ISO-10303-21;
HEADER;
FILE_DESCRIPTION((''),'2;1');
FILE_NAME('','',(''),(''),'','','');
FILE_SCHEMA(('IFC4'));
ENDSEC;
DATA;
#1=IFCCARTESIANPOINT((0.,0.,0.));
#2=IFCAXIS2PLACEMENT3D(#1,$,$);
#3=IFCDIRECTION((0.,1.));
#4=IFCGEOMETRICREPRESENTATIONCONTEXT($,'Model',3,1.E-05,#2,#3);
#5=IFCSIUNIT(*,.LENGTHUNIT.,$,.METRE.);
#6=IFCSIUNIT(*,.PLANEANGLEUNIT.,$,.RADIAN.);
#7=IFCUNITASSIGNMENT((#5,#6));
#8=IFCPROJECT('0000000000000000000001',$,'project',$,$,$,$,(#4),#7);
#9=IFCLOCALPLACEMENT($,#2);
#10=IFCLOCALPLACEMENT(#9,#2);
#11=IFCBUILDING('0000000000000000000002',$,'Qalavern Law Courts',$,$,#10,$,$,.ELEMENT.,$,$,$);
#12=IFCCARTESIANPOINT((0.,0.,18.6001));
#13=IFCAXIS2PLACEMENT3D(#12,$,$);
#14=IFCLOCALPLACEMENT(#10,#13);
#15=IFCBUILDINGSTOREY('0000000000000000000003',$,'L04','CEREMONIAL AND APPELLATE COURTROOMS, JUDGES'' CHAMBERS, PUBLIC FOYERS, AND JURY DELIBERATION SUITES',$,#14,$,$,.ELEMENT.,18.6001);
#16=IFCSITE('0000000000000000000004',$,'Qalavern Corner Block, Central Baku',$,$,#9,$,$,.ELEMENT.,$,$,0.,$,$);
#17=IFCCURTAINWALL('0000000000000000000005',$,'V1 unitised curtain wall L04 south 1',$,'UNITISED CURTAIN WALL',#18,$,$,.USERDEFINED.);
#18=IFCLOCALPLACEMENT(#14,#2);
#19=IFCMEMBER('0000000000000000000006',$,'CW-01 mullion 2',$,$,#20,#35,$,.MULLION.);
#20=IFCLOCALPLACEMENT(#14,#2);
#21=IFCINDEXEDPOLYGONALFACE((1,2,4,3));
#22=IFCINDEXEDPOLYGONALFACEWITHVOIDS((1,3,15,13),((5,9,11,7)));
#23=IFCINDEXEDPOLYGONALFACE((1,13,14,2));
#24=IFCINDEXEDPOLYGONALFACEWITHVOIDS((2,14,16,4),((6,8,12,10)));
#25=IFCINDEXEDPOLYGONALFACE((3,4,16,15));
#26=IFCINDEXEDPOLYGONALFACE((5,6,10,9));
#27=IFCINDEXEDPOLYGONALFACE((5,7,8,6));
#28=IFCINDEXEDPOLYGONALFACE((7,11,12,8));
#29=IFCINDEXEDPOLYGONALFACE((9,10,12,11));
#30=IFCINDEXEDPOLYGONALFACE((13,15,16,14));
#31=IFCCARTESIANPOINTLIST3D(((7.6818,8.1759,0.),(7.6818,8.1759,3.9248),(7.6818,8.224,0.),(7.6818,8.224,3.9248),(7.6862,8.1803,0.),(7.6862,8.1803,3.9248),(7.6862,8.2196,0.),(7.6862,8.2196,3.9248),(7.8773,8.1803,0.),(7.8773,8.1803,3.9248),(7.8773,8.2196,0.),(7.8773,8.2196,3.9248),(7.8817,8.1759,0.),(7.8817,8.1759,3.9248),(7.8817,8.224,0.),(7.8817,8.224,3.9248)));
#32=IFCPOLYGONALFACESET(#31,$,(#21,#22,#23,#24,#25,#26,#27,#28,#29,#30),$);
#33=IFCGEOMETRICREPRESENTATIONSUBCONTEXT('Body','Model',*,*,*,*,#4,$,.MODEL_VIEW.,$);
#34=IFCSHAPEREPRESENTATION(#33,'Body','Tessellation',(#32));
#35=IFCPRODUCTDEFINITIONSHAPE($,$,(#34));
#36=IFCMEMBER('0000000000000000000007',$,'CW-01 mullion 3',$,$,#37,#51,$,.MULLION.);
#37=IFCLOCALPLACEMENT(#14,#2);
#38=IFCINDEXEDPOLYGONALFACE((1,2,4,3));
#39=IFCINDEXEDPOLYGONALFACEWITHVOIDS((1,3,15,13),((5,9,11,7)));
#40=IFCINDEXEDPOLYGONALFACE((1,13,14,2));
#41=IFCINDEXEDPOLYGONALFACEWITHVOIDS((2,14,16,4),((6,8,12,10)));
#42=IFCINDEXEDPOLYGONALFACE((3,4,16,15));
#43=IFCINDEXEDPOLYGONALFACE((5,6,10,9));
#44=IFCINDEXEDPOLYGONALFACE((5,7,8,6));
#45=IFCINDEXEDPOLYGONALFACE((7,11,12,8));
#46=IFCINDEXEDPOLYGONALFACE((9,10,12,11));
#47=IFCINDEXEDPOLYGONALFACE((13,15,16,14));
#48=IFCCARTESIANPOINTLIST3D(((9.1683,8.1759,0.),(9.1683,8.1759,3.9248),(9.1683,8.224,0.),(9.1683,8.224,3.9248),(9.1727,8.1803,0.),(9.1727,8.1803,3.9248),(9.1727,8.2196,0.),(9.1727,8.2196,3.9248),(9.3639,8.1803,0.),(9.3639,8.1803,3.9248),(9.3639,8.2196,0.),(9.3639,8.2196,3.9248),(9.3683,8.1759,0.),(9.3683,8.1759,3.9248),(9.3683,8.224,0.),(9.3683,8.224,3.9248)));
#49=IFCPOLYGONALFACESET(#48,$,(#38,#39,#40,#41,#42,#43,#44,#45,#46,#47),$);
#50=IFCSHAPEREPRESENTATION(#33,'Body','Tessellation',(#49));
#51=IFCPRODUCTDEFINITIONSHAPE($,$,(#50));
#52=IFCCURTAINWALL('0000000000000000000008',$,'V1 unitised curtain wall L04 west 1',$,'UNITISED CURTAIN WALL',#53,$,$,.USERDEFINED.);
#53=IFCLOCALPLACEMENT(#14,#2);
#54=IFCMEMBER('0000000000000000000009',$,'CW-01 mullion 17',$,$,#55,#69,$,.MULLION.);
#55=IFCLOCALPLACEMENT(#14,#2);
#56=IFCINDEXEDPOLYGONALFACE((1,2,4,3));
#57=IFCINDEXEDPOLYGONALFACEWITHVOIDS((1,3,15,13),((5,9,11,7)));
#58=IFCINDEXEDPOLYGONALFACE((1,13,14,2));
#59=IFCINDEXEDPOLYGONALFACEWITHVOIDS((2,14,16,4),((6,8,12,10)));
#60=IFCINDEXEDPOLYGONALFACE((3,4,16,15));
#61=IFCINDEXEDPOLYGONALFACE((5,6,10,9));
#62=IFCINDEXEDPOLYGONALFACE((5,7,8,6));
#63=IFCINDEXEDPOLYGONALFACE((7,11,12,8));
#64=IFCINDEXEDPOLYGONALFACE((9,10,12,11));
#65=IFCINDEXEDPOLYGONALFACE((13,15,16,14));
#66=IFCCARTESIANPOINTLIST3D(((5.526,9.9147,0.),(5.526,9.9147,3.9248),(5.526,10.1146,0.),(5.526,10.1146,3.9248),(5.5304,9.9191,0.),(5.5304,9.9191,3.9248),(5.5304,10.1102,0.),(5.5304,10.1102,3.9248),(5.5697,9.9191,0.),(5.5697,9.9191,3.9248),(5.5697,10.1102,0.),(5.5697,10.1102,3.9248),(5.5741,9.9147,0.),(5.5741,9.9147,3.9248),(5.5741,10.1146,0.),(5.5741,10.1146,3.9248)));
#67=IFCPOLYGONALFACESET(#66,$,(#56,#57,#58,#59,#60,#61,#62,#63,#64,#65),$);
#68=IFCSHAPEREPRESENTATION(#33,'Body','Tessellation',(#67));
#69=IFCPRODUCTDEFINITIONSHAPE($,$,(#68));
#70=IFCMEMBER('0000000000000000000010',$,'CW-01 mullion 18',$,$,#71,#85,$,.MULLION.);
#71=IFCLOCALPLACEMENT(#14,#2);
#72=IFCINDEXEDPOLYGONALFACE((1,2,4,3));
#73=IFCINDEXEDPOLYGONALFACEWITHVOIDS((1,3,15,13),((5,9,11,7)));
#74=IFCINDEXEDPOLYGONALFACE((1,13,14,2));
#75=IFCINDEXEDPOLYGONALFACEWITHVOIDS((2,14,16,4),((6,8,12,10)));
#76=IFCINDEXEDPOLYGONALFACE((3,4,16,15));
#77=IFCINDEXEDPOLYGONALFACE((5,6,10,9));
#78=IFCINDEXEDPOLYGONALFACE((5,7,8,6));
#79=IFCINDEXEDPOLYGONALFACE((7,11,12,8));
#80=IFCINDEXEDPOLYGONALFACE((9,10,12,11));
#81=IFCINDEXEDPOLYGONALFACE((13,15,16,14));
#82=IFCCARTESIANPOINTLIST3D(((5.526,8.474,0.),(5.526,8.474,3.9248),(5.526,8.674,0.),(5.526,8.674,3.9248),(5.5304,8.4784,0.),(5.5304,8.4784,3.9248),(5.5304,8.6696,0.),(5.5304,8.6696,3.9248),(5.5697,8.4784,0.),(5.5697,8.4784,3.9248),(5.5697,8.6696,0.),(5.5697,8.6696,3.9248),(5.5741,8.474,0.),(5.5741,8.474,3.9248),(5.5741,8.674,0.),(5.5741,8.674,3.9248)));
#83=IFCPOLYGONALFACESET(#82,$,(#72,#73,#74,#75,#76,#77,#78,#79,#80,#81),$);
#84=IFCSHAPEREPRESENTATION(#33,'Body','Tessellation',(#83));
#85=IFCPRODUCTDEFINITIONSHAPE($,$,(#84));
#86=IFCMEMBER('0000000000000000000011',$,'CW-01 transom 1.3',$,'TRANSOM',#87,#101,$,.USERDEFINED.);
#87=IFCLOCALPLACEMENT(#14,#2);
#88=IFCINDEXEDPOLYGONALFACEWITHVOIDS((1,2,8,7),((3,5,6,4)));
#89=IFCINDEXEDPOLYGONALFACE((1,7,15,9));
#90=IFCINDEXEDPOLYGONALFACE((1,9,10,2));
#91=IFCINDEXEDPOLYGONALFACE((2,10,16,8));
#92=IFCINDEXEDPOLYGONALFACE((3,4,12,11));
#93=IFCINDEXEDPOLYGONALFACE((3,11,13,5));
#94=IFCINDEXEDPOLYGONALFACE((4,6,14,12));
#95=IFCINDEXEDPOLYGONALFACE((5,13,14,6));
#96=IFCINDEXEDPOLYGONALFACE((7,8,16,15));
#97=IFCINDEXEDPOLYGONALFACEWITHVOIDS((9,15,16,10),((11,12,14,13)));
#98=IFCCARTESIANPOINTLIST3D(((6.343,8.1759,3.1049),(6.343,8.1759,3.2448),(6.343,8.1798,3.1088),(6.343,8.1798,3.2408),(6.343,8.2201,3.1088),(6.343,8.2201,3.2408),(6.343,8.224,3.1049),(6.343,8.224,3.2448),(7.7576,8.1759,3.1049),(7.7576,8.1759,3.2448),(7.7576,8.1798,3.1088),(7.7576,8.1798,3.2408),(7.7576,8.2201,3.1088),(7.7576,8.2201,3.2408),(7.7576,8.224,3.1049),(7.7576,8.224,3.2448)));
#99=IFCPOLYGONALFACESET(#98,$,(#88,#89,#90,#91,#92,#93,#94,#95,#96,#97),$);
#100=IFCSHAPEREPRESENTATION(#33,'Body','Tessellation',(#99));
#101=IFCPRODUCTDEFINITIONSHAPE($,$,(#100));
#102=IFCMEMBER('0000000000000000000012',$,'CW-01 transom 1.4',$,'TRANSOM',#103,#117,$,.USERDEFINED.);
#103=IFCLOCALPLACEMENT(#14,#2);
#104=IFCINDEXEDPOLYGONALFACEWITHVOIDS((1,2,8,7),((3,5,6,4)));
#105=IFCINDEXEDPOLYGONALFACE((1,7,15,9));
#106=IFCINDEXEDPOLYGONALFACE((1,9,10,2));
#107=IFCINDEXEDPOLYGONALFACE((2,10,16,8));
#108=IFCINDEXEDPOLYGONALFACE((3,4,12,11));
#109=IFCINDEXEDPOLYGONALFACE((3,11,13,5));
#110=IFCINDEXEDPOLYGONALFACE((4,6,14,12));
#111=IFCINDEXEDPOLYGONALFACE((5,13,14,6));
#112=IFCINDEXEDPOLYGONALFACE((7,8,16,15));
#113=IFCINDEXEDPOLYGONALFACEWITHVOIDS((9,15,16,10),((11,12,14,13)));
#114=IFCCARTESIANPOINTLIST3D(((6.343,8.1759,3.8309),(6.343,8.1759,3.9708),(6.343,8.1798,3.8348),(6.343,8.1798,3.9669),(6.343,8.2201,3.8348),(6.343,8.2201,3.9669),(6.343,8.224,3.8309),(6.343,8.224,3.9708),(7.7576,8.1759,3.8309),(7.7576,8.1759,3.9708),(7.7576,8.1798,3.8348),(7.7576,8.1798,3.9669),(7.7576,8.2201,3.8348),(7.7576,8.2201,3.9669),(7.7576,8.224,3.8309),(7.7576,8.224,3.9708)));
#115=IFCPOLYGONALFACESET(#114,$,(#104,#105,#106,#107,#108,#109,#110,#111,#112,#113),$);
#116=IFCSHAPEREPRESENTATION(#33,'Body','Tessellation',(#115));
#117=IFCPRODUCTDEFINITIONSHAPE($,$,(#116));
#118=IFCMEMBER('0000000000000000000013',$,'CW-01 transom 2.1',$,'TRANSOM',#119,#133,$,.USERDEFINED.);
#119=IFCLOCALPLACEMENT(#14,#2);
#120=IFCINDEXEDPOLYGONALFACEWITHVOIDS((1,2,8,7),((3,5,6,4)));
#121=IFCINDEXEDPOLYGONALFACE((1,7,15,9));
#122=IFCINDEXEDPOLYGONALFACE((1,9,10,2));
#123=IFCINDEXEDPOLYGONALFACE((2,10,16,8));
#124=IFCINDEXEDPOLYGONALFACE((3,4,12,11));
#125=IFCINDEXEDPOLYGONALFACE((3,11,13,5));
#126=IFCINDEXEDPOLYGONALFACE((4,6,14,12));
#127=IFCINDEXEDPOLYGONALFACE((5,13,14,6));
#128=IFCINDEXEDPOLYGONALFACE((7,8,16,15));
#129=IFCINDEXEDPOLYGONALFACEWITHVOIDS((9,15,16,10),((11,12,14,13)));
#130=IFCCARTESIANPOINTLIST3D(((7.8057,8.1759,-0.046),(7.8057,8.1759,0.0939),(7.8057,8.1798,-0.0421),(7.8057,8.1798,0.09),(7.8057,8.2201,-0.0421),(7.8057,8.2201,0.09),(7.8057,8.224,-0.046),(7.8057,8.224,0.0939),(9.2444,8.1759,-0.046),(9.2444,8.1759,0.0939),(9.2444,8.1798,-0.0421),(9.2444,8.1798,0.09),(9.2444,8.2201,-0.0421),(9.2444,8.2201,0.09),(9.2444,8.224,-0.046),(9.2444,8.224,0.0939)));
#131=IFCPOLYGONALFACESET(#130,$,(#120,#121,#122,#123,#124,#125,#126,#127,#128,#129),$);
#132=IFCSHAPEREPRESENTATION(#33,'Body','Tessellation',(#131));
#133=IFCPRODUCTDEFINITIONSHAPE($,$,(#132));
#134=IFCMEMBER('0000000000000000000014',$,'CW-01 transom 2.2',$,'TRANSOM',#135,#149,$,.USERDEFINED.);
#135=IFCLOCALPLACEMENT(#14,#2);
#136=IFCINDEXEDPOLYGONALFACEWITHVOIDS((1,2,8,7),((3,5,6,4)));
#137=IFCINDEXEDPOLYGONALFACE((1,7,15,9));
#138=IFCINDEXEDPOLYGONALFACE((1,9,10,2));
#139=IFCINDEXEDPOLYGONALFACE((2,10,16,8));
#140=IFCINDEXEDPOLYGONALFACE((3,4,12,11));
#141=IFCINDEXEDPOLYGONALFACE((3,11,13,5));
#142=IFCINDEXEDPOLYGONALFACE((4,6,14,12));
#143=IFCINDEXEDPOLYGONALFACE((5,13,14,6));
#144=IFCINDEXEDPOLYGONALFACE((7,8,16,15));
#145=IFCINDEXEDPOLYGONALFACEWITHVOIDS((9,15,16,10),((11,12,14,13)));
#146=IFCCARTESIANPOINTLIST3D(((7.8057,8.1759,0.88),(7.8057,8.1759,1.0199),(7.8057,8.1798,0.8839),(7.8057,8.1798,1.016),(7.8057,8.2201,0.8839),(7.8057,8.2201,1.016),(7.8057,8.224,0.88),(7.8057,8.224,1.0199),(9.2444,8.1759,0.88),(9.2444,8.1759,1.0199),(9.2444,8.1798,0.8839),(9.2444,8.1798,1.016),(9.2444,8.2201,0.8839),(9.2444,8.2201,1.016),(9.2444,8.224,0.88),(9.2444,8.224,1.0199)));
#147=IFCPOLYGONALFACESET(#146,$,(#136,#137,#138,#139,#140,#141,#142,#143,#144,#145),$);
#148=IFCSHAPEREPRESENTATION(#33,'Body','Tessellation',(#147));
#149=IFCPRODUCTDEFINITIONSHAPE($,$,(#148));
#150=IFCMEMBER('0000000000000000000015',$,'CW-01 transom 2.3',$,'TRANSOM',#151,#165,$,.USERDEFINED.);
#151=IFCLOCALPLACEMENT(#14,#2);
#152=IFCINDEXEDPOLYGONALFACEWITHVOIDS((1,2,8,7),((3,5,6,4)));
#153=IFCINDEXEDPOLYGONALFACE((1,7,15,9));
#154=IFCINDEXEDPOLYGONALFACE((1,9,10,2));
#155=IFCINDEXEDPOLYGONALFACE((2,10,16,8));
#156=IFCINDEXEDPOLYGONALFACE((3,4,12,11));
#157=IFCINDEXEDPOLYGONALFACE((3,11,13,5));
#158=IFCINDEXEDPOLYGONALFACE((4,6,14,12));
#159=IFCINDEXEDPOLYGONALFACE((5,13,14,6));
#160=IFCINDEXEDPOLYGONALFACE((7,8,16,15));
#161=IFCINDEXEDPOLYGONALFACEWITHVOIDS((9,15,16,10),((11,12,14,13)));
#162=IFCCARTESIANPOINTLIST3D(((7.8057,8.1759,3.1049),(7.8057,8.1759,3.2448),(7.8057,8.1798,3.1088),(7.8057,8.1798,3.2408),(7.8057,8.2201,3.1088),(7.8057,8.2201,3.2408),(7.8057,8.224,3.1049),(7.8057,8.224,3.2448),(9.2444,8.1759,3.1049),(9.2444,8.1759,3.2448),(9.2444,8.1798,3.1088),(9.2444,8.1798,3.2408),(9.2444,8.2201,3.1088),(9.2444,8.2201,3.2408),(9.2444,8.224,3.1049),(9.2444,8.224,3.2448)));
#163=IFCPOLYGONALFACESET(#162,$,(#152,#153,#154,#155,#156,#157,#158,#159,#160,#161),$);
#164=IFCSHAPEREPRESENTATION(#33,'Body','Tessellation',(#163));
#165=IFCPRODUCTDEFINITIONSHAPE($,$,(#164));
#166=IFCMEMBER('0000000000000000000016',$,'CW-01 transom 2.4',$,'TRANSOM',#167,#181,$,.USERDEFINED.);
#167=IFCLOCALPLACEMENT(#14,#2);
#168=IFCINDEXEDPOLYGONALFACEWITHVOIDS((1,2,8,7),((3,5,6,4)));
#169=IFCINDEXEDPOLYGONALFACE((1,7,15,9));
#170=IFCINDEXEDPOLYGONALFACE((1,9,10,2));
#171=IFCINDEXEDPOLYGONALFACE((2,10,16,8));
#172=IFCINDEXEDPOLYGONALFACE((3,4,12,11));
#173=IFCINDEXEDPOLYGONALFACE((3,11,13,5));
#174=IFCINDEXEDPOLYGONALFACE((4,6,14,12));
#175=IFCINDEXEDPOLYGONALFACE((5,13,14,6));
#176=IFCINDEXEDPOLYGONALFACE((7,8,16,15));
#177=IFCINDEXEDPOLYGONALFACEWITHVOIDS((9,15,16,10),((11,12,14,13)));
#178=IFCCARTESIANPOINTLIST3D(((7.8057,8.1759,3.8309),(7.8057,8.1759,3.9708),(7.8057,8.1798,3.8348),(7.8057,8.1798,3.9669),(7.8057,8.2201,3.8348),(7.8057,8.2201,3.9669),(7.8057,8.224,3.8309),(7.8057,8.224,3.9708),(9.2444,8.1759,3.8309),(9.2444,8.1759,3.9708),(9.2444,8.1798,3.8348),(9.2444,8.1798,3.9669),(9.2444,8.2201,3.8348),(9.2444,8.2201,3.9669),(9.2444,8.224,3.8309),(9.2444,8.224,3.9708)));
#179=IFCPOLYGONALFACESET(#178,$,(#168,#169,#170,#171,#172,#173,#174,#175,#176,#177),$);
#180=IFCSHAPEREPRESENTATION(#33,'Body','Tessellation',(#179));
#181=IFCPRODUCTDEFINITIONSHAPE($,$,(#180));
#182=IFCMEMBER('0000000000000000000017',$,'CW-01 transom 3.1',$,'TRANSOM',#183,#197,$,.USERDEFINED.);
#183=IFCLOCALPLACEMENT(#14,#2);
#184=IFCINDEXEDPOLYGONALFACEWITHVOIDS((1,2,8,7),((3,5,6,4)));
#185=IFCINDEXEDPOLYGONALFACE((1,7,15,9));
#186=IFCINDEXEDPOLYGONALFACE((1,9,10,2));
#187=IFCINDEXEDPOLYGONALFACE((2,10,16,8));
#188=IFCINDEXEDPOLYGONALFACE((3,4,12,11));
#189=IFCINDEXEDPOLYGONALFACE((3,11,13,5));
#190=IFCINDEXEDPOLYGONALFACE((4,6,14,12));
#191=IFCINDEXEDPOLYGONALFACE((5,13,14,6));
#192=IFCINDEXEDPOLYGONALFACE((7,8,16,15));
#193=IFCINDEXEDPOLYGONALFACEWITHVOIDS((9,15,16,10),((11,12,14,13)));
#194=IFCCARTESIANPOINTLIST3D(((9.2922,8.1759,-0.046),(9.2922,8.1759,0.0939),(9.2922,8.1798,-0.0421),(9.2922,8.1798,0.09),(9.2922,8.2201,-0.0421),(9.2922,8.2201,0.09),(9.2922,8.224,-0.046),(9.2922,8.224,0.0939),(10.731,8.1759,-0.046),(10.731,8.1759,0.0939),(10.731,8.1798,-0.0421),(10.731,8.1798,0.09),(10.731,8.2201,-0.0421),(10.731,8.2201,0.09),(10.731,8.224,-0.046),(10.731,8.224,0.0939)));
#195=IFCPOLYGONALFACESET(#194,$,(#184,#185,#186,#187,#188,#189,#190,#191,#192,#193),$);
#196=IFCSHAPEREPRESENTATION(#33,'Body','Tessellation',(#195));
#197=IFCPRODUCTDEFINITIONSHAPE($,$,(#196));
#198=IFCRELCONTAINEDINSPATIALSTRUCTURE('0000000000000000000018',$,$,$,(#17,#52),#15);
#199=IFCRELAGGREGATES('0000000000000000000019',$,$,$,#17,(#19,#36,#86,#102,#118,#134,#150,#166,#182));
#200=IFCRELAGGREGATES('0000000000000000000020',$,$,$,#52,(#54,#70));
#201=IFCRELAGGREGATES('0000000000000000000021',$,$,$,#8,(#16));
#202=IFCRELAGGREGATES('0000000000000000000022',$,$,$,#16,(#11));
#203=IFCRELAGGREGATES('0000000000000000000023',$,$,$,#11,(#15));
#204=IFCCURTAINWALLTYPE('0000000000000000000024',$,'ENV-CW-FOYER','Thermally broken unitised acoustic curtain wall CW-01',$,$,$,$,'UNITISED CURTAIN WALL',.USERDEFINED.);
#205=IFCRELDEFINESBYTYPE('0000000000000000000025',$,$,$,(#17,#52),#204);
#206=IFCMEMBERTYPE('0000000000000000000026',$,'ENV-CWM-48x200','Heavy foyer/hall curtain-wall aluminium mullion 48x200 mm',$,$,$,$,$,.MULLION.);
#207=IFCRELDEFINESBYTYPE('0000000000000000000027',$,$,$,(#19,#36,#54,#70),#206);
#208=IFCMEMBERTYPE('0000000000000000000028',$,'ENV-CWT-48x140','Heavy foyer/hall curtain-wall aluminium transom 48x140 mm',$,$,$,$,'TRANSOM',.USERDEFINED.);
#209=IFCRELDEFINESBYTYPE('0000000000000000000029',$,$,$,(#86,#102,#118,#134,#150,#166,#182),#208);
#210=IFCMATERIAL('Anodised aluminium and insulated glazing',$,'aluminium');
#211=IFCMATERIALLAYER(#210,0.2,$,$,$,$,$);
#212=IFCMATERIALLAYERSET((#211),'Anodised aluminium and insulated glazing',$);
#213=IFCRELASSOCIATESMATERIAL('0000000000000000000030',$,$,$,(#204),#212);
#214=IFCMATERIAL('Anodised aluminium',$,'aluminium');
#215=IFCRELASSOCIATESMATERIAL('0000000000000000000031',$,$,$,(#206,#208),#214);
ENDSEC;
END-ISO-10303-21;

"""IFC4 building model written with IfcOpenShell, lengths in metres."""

from ifc_helpers import new_model, si_unit, direction, frame, origin, origin_2d, place, context, subcontext, project, spatial, hollow_rectangle, extrude, material, layer, layer_set, material_profile, profile_set, type_object, element, aggregate, save


model = new_model("IFC4")

# Units and contexts
model_context = context("Model", 3, precision=1e-05, world=origin(), true_north=direction((0.0, 1.0)))
body_context = subcontext(model_context, "Body", "Model", "MODEL_VIEW")
ifc_project = project(units=[si_unit("LENGTHUNIT", "METRE"), si_unit("PLANEANGLEUNIT", "RADIAN")], contexts=[model_context])

# Site, building, storey
site_placement = place(None, origin())
site = spatial("IfcSite", under=ifc_project, at=site_placement, Name="Qalavern Corner Block, Central Baku", CompositionType="ELEMENT", RefElevation=0.0)
building_placement = place(site_placement, origin())
building = spatial("IfcBuilding", under=site, at=building_placement, Name="Qalavern Law Courts", CompositionType="ELEMENT")
storey_placement = place(building_placement, frame((0.0, 0.0, 18.6001)))
storey = spatial("IfcBuildingStorey", under=building, at=storey_placement, Name="L04", Description="CEREMONIAL AND APPELLATE COURTROOMS, JUDGES' CHAMBERS, PUBLIC FOYERS, AND JURY DELIBERATION SUITES", CompositionType="ELEMENT", Elevation=18.6001)

# Curtain walls, members
ifc_material_1 = material(Name="Anodised aluminium and insulated glazing", Category="aluminium")
ifc_layer_1 = layer(ifc_material_1, 0.2)
ifc_layer_set_1 = layer_set([ifc_layer_1], Name="Anodised aluminium and insulated glazing")
curtain_wall_type = type_object("IfcCurtainWallType", Name="ENV-CW-FOYER", Description="Thermally broken unitised acoustic curtain wall CW-01", ElementType="UNITISED CURTAIN WALL", PredefinedType="USERDEFINED", material=ifc_layer_set_1)
curtain_wall_1_placement = place(storey_placement, origin())
curtain_wall_1 = element("IfcCurtainWall", 1, at=curtain_wall_1_placement, inside=storey, type_object=curtain_wall_type, Name="V1 unitised curtain wall L04 south 1", ObjectType="UNITISED CURTAIN WALL", PredefinedType="USERDEFINED")
ifc_material_2 = material(Name="Anodised aluminium", Category="aluminium")
ifc_material_profile_1 = material_profile(ifc_material_2, hollow_rectangle(XDim=0.0481, YDim=0.2, WallThickness=0.0044, at=origin_2d()), Name="ALU MULLION 48x200")
ifc_profile_set_1 = profile_set([ifc_material_profile_1], Name="Anodised aluminium")
member_type_1 = type_object("IfcMemberType", Name="ENV-CWM-48x200", Description="Heavy foyer/hall curtain-wall aluminium mullion 48x200 mm", PredefinedType="MULLION", material=ifc_profile_set_1)
member_1_placement = place(storey_placement, frame((7.7817, 8.2, 0.0), z_axis=(0.0, 0.0, 1.0), x_axis=(0.0, 1.0, 0.0)))
member_1 = element("IfcMember", 2, at=member_1_placement, type_object=member_type_1, Name="CW-01 mullion 2", PredefinedType="MULLION", context=body_context, shape_type="SweptSolid", body=[
    extrude(hollow_rectangle(XDim=0.0481, YDim=0.2, WallThickness=0.0044, at=origin_2d()), origin(), (0.0, 0.0, 1.0), 3.9248),
])
member_2_placement = place(storey_placement, frame((9.2683, 8.2, 0.0), z_axis=(0.0, 0.0, 1.0), x_axis=(0.0, 1.0, 0.0)))
member_2 = element("IfcMember", 3, at=member_2_placement, type_object=member_type_1, Name="CW-01 mullion 3", PredefinedType="MULLION", context=body_context, shape_type="SweptSolid", body=[
    extrude(hollow_rectangle(XDim=0.0481, YDim=0.2, WallThickness=0.0044, at=origin_2d()), origin(), (0.0, 0.0, 1.0), 3.9248),
])
curtain_wall_2_placement = place(storey_placement, origin())
curtain_wall_2 = element("IfcCurtainWall", 4, at=curtain_wall_2_placement, inside=storey, type_object=curtain_wall_type, Name="V1 unitised curtain wall L04 west 1", ObjectType="UNITISED CURTAIN WALL", PredefinedType="USERDEFINED")
member_3_placement = place(storey_placement, frame((5.55, 10.0146, 0.0), z_axis=(0.0, 0.0, 1.0), x_axis=(1.0, 0.0, 0.0)))
member_3 = element("IfcMember", 5, at=member_3_placement, type_object=member_type_1, Name="CW-01 mullion 17", PredefinedType="MULLION", context=body_context, shape_type="SweptSolid", body=[
    extrude(hollow_rectangle(XDim=0.0481, YDim=0.2, WallThickness=0.0044, at=origin_2d()), origin(), (0.0, 0.0, 1.0), 3.9248),
])
member_4_placement = place(storey_placement, frame((5.55, 8.574, 0.0), z_axis=(0.0, 0.0, 1.0), x_axis=(1.0, 0.0, 0.0)))
member_4 = element("IfcMember", 6, at=member_4_placement, type_object=member_type_1, Name="CW-01 mullion 18", PredefinedType="MULLION", context=body_context, shape_type="SweptSolid", body=[
    extrude(hollow_rectangle(XDim=0.0481, YDim=0.2, WallThickness=0.0044, at=origin_2d()), origin(), (0.0, 0.0, 1.0), 3.9248),
])

# Members
ifc_material_profile_2 = material_profile(ifc_material_2, hollow_rectangle(XDim=0.0481, YDim=0.1399, WallThickness=0.0039, at=origin_2d()), Name="ALU TRANSOM 48x140")
ifc_profile_set_2 = profile_set([ifc_material_profile_2], Name="Anodised aluminium")
member_type_2 = type_object("IfcMemberType", Name="ENV-CWT-48x140", Description="Heavy foyer/hall curtain-wall aluminium transom 48x140 mm", ElementType="TRANSOM", PredefinedType="USERDEFINED", material=ifc_profile_set_2)
member_5_placement = place(storey_placement, frame((6.343, 8.2, 3.1748), z_axis=(1.0, 0.0, 0.0), x_axis=(0.0, 1.0, 0.0)))
member_5 = element("IfcMember", 7, at=member_5_placement, type_object=member_type_2, Name="CW-01 transom 1.3", ObjectType="TRANSOM", PredefinedType="USERDEFINED", context=body_context, shape_type="SweptSolid", body=[
    extrude(hollow_rectangle(XDim=0.0481, YDim=0.1399, WallThickness=0.0039, at=origin_2d()), origin(), (0.0, 0.0, 1.0), 1.4146),
])
member_6_placement = place(storey_placement, frame((6.343, 8.2, 3.9009), z_axis=(1.0, 0.0, 0.0), x_axis=(0.0, 1.0, 0.0)))
member_6 = element("IfcMember", 8, at=member_6_placement, type_object=member_type_2, Name="CW-01 transom 1.4", ObjectType="TRANSOM", PredefinedType="USERDEFINED", context=body_context, shape_type="SweptSolid", body=[
    extrude(hollow_rectangle(XDim=0.0481, YDim=0.1399, WallThickness=0.0039, at=origin_2d()), origin(), (0.0, 0.0, 1.0), 1.4146),
])
member_7_placement = place(storey_placement, frame((7.8057, 8.2, 0.0239), z_axis=(1.0, 0.0, 0.0), x_axis=(0.0, 1.0, 0.0)))
member_7 = element("IfcMember", 9, at=member_7_placement, type_object=member_type_2, Name="CW-01 transom 2.1", ObjectType="TRANSOM", PredefinedType="USERDEFINED", context=body_context, shape_type="SweptSolid", body=[
    extrude(hollow_rectangle(XDim=0.0481, YDim=0.1399, WallThickness=0.0039, at=origin_2d()), origin(), (0.0, 0.0, 1.0), 1.4387),
])
member_8_placement = place(storey_placement, frame((7.8057, 8.2, 0.95), z_axis=(1.0, 0.0, 0.0), x_axis=(0.0, 1.0, 0.0)))
member_8 = element("IfcMember", 10, at=member_8_placement, type_object=member_type_2, Name="CW-01 transom 2.2", ObjectType="TRANSOM", PredefinedType="USERDEFINED", context=body_context, shape_type="SweptSolid", body=[
    extrude(hollow_rectangle(XDim=0.0481, YDim=0.1399, WallThickness=0.0039, at=origin_2d()), origin(), (0.0, 0.0, 1.0), 1.4387),
])
member_9_placement = place(storey_placement, frame((7.8057, 8.2, 3.1748), z_axis=(1.0, 0.0, 0.0), x_axis=(0.0, 1.0, 0.0)))
member_9 = element("IfcMember", 11, at=member_9_placement, type_object=member_type_2, Name="CW-01 transom 2.3", ObjectType="TRANSOM", PredefinedType="USERDEFINED", context=body_context, shape_type="SweptSolid", body=[
    extrude(hollow_rectangle(XDim=0.0481, YDim=0.1399, WallThickness=0.0039, at=origin_2d()), origin(), (0.0, 0.0, 1.0), 1.4387),
])
member_10_placement = place(storey_placement, frame((7.8057, 8.2, 3.9009), z_axis=(1.0, 0.0, 0.0), x_axis=(0.0, 1.0, 0.0)))
member_10 = element("IfcMember", 12, at=member_10_placement, type_object=member_type_2, Name="CW-01 transom 2.4", ObjectType="TRANSOM", PredefinedType="USERDEFINED", context=body_context, shape_type="SweptSolid", body=[
    extrude(hollow_rectangle(XDim=0.0481, YDim=0.1399, WallThickness=0.0039, at=origin_2d()), origin(), (0.0, 0.0, 1.0), 1.4387),
])
member_11_placement = place(storey_placement, frame((9.2922, 8.2, 0.0239), z_axis=(1.0, 0.0, 0.0), x_axis=(0.0, 1.0, 0.0)))
member_11 = element("IfcMember", 13, at=member_11_placement, type_object=member_type_2, Name="CW-01 transom 3.1", ObjectType="TRANSOM", PredefinedType="USERDEFINED", context=body_context, shape_type="SweptSolid", body=[
    extrude(hollow_rectangle(XDim=0.0481, YDim=0.1399, WallThickness=0.0039, at=origin_2d()), origin(), (0.0, 0.0, 1.0), 1.4387),
])

aggregate(curtain_wall_1, [member_1, member_2, member_5, member_6, member_7, member_8, member_9, member_10, member_11])
aggregate(curtain_wall_2, [member_3, member_4])

save(model, "model.ifc")
